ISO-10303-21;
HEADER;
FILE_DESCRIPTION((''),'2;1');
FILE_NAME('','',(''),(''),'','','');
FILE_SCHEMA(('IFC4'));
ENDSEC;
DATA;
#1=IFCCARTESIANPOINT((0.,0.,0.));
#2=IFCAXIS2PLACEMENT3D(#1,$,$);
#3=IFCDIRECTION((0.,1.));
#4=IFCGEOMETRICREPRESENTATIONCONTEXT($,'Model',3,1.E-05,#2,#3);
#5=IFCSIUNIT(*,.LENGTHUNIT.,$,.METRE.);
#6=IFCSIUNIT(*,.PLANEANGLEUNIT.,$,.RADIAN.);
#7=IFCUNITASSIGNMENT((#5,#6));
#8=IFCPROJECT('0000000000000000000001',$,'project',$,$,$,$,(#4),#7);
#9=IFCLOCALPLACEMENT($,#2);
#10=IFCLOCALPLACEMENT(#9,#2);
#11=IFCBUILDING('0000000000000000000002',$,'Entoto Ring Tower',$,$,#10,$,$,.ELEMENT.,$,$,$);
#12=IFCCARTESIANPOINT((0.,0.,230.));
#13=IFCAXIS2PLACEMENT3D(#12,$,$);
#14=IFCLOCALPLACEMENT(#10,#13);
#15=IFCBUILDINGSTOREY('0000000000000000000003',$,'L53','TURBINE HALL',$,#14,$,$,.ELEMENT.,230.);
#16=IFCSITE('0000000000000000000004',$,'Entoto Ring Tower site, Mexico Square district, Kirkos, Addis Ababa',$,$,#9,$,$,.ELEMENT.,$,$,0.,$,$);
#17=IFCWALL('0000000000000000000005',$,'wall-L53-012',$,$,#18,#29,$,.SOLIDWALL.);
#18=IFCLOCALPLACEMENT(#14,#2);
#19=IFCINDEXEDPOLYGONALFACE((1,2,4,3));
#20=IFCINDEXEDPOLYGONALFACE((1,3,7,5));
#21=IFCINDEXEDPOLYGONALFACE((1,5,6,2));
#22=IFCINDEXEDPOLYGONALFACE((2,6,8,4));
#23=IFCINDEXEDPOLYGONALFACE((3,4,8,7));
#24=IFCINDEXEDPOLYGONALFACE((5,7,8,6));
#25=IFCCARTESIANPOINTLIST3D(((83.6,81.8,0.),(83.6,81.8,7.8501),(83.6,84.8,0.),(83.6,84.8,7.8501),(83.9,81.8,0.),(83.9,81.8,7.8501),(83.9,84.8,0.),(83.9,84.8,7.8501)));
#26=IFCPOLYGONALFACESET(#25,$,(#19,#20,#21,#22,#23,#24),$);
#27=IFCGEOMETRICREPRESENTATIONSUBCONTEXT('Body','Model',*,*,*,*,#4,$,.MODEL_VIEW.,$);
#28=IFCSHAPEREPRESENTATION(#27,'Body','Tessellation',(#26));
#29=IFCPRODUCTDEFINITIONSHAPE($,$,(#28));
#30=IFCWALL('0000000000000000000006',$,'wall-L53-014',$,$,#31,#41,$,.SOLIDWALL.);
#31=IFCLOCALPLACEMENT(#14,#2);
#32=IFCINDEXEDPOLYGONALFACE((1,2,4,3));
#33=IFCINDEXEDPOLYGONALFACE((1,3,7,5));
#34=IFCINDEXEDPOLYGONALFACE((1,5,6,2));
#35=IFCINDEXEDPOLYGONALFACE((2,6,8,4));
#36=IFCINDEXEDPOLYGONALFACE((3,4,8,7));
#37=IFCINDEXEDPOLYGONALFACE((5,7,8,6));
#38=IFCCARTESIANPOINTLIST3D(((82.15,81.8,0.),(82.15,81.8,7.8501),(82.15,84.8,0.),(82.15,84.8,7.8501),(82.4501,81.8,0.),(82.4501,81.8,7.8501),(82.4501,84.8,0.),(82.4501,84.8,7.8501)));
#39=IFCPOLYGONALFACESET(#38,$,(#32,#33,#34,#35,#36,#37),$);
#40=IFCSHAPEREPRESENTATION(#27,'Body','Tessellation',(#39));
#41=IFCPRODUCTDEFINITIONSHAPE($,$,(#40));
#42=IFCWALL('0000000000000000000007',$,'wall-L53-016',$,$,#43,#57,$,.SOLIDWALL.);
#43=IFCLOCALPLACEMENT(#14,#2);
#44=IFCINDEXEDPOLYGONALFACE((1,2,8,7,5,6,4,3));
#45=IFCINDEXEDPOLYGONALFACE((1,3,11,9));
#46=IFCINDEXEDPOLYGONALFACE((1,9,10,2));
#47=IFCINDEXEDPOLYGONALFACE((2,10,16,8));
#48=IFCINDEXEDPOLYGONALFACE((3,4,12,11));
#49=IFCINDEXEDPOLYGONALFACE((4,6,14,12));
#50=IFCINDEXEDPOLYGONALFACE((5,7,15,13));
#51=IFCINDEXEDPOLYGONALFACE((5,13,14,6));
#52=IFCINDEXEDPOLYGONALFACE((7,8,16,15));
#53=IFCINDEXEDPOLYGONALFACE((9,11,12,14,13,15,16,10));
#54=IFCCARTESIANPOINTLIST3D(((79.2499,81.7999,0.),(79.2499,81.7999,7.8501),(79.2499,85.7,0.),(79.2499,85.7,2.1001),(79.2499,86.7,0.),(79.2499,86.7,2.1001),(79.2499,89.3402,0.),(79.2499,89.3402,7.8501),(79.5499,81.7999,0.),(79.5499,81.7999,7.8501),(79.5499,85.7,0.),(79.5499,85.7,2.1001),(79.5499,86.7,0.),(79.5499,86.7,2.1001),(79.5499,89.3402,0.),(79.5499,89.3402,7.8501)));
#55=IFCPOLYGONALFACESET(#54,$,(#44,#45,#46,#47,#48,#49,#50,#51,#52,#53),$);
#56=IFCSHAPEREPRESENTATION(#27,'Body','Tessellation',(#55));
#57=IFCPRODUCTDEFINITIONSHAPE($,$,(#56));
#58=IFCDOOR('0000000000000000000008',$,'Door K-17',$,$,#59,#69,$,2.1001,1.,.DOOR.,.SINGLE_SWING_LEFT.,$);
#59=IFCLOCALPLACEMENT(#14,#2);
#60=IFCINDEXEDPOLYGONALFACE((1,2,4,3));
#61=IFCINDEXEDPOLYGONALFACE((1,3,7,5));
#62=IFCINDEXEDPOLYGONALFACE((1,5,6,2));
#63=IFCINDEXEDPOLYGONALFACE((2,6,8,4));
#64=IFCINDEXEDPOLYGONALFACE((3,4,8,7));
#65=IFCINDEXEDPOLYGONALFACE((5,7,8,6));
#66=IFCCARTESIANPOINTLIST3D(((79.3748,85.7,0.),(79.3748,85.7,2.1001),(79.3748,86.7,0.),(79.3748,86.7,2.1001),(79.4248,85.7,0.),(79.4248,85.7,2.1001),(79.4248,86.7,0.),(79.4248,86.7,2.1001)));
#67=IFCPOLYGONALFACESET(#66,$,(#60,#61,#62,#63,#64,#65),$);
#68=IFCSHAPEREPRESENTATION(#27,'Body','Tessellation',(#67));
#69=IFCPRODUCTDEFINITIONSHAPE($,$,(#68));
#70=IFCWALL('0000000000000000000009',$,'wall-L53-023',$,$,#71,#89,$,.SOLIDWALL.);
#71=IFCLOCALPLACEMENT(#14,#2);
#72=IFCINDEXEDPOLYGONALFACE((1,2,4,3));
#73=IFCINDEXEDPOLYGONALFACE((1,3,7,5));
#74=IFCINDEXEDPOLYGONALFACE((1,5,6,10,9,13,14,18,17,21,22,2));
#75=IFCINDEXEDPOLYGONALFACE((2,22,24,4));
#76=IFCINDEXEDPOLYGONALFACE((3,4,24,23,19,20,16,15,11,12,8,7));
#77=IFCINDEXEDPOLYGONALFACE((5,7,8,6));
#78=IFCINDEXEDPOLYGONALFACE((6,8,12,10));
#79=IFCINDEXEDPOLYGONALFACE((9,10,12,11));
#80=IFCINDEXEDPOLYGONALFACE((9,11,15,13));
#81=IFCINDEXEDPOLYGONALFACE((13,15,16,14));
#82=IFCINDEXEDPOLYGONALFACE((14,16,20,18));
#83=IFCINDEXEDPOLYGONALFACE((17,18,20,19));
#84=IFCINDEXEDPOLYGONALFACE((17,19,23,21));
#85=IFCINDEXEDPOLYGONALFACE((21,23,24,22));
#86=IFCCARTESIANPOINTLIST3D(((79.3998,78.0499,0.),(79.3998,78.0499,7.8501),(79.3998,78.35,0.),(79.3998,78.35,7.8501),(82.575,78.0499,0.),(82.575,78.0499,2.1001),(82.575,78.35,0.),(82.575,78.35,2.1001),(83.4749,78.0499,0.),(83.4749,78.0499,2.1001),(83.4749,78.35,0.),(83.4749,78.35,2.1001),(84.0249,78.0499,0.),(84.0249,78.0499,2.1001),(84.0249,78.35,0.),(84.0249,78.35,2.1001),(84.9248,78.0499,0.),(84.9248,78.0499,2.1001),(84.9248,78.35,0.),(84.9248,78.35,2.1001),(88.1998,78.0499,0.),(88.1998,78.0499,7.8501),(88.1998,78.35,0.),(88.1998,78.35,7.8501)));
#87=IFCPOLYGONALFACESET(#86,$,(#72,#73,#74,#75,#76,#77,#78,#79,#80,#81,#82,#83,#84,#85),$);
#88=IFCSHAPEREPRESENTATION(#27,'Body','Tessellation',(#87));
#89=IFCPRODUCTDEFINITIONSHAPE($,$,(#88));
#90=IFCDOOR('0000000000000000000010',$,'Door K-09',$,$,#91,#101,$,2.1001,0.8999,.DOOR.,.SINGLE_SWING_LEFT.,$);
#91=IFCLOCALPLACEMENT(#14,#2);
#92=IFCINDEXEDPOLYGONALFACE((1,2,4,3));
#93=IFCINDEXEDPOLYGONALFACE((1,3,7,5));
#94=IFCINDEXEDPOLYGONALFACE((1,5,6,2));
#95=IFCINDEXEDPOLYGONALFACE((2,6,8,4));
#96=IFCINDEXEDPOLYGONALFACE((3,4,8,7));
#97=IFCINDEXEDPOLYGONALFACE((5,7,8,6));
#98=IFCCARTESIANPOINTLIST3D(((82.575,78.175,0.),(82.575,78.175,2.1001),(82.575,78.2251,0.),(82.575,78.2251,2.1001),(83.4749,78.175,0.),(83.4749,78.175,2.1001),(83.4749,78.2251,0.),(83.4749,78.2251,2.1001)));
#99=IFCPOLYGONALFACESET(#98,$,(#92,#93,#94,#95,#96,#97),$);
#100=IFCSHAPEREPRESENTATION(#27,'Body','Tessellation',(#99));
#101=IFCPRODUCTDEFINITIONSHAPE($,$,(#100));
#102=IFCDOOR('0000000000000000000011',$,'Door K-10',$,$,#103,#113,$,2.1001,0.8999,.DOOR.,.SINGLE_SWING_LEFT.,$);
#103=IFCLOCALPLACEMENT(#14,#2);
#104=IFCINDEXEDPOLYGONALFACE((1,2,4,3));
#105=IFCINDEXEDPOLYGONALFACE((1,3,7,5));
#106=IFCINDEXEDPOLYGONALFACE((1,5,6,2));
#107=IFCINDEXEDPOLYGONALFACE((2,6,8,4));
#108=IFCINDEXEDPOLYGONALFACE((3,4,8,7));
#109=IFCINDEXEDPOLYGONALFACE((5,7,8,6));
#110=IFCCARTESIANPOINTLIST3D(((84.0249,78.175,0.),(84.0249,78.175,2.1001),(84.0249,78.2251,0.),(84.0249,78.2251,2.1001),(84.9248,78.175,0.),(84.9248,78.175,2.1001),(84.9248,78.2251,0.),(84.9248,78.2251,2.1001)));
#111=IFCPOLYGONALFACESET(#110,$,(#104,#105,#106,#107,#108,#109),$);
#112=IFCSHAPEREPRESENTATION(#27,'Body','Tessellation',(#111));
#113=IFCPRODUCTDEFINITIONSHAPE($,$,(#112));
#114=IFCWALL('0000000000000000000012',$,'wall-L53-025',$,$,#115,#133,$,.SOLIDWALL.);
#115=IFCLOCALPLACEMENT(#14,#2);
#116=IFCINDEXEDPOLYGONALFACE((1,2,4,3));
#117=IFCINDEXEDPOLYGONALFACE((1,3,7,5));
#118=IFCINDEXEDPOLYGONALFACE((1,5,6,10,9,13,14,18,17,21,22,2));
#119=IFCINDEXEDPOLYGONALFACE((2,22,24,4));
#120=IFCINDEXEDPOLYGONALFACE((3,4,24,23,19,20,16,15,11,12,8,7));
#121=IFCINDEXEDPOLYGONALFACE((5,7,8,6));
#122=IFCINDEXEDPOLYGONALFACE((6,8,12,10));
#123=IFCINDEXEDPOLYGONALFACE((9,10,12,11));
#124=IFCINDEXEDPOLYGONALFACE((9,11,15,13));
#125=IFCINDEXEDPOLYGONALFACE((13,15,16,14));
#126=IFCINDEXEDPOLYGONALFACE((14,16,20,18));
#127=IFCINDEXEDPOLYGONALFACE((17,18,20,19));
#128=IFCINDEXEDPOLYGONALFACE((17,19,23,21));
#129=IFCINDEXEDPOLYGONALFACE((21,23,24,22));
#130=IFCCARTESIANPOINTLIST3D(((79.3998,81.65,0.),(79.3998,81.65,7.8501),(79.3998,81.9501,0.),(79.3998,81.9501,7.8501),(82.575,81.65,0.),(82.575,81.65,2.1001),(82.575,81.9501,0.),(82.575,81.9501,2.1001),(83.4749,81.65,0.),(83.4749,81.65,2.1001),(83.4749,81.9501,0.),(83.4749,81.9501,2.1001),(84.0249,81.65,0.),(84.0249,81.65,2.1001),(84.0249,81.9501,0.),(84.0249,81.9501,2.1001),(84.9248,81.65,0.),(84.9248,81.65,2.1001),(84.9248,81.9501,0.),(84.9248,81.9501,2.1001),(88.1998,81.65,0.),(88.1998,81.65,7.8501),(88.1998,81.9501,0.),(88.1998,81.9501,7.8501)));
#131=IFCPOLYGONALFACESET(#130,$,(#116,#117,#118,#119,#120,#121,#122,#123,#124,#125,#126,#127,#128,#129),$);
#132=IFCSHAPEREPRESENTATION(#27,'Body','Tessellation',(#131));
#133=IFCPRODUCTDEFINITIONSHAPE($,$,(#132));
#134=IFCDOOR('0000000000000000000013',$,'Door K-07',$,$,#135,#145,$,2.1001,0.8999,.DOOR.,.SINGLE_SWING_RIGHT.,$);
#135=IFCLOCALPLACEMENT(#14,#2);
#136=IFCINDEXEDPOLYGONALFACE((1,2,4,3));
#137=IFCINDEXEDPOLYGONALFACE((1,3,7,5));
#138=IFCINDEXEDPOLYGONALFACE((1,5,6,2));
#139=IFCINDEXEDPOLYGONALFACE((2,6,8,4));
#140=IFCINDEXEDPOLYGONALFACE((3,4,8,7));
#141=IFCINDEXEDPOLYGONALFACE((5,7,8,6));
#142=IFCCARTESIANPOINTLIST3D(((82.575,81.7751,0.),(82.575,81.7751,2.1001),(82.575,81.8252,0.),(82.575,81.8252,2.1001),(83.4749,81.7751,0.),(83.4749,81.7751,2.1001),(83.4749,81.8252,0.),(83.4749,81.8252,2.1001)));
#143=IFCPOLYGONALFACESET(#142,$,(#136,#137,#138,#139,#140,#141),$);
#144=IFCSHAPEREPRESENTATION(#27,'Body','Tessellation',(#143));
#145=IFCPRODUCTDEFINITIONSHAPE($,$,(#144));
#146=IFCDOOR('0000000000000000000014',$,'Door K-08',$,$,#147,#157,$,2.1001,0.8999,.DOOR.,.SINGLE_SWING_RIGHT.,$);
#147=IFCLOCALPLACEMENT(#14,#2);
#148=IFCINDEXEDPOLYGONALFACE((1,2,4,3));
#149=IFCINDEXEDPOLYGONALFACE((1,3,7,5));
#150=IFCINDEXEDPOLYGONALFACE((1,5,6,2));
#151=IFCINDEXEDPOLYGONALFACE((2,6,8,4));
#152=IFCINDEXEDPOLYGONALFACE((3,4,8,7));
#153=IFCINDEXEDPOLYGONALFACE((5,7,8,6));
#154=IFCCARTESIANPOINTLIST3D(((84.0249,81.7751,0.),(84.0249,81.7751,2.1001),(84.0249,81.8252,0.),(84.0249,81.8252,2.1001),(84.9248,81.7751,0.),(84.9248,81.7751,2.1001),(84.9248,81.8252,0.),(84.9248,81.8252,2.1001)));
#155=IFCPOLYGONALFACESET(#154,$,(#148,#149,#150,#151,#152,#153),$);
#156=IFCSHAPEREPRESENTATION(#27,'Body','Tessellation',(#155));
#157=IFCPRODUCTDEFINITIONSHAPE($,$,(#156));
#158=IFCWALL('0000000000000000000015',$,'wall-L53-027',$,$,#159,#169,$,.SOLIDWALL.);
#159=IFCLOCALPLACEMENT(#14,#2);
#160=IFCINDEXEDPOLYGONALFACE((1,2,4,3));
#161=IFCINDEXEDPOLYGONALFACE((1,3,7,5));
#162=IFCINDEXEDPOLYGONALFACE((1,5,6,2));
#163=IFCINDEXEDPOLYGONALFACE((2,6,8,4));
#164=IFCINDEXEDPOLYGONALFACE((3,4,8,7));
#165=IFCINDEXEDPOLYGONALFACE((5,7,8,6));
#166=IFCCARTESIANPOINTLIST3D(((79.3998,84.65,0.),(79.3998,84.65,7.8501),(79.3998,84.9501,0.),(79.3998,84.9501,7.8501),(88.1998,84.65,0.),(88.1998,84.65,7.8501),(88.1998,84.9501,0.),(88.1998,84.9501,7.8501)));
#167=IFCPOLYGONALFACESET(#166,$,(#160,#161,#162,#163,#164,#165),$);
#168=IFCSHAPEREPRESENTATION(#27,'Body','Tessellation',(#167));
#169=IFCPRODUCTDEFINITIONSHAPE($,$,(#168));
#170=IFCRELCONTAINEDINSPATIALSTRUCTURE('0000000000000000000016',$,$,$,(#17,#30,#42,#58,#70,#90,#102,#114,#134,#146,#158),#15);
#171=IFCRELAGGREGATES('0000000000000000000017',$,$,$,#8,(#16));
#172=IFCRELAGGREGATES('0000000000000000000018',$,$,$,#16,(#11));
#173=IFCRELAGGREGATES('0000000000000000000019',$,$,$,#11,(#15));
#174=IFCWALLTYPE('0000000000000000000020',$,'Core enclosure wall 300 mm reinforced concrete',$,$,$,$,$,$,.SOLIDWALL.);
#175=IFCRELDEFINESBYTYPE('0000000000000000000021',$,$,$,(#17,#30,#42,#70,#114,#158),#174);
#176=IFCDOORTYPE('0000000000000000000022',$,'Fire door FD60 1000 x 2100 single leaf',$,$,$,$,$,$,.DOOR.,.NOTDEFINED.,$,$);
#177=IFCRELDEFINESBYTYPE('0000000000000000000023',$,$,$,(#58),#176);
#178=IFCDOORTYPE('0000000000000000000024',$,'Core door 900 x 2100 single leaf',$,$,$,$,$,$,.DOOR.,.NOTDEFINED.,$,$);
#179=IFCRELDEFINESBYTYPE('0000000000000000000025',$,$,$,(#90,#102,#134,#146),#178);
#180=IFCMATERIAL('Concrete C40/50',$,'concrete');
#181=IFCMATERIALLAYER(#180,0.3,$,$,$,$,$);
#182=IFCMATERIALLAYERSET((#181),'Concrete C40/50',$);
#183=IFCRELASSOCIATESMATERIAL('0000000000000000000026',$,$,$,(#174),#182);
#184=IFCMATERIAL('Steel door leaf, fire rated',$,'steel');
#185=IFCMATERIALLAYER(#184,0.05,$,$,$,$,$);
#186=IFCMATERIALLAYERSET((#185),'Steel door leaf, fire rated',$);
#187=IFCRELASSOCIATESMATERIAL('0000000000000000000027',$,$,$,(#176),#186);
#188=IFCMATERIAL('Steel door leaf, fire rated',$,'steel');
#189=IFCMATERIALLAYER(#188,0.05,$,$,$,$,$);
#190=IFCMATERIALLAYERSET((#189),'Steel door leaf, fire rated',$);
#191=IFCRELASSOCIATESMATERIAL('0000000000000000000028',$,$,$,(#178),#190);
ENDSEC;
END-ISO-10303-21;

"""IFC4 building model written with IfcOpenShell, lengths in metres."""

from ifc_helpers import new_model, si_unit, direction, frame, frame_2d, origin, place, context, subcontext, project, spatial, rectangle, extrude, material, layer, layer_set, type_object, element, fill, save


model = new_model("IFC4")

# Units and contexts
model_context = context("Model", 3, precision=1e-05, world=origin(), true_north=direction((0.0, 1.0)))
body_context = subcontext(model_context, "Body", "Model", "MODEL_VIEW")
ifc_project = project(units=[si_unit("LENGTHUNIT", "METRE"), si_unit("PLANEANGLEUNIT", "RADIAN")], contexts=[model_context])

# Site, building, storey
site_placement = place(None, origin())
site = spatial("IfcSite", under=ifc_project, at=site_placement, Name="Entoto Ring Tower site, Mexico Square district, Kirkos, Addis Ababa", CompositionType="ELEMENT", RefElevation=0.0)
building_placement = place(site_placement, origin())
building = spatial("IfcBuilding", under=site, at=building_placement, Name="Entoto Ring Tower", CompositionType="ELEMENT")
storey_placement = place(building_placement, frame((0.0, 0.0, 230.0)))
storey = spatial("IfcBuildingStorey", under=building, at=storey_placement, Name="L53", Description="TURBINE HALL", CompositionType="ELEMENT", Elevation=230.0)

# Shared definitions
ifc_material_1 = material(Name="Concrete C40/50", Category="concrete")
ifc_layer_1 = layer(ifc_material_1, 0.3)
ifc_layer_set_1 = layer_set([ifc_layer_1], Name="Concrete C40/50")
wall_type_1 = type_object("IfcWallType", Name="Core enclosure wall 300 mm reinforced concrete", PredefinedType="SOLIDWALL", material=ifc_layer_set_1)

# Walls
for number, where, z_axis, x_axis, name in (
    (1, (83.75, 81.8, 0.0), (0.0, 0.0, 1.0), (0.0, 1.0, 0.0), "wall-L53-012"),
    (2, (82.3, 81.8, 0.0), (0.0, 0.0, 1.0), (0.0, 1.0, 0.0), "wall-L53-014"),
):
    element("IfcWall", number, at=place(storey_placement, frame(where, z_axis=z_axis, x_axis=x_axis)), inside=storey, type_object=wall_type_1, Name=name, PredefinedType="SOLIDWALL", context=body_context, shape_type="SweptSolid", body=[
        extrude(rectangle(XDim=3.0, YDim=0.3, at=frame_2d((1.5, 0.0))), origin(), (0.0, 0.0, 1.0), 7.8501),
    ])

# Wall, opening, door
wall_1_placement = place(storey_placement, frame((79.3999, 81.8, 0.0), z_axis=(0.0, 0.0, 1.0), x_axis=(0.0, 1.0, 0.0)))
wall_1 = element("IfcWall", 3, at=wall_1_placement, inside=storey, type_object=wall_type_1, Name="wall-L53-016", PredefinedType="SOLIDWALL", context=body_context, shape_type="SweptSolid", body=[
    extrude(rectangle(XDim=7.5403, YDim=0.3, at=frame_2d((3.77, 0.0))), origin(), (0.0, 0.0, 1.0), 7.8501),
])
opening_1_placement = place(wall_1_placement, frame((3.8999, 0.0, 0.0)))
opening_1 = element("IfcOpeningElement", 4, at=opening_1_placement, cuts=wall_1, PredefinedType="OPENING", context=body_context, shape_type="SweptSolid", body=[
    extrude(rectangle(XDim=1.0, YDim=2.1001, at=frame_2d((0.5, 1.05))), frame((0.0, 0.1602, 0.0), z_axis=(0.0, -1.0, 0.0), x_axis=(1.0, 0.0, 0.0)), (0.0, 0.0, 1.0), 0.3201),
])
ifc_material_2 = material(Name="Steel door leaf, fire rated", Category="steel")
ifc_layer_2 = layer(ifc_material_2, 0.05)
ifc_layer_set_2 = layer_set([ifc_layer_2], Name="Steel door leaf, fire rated")
door_type_1 = type_object("IfcDoorType", Name="Fire door FD60 1000 x 2100 single leaf", OperationType="NOTDEFINED", PredefinedType="DOOR", material=ifc_layer_set_2)
door_1_placement = place(opening_1_placement, frame((1.0, 0.0, 0.0), z_axis=(0.0, 0.0, 1.0), x_axis=(-1.0, 0.0, 0.0)))
door_1 = element("IfcDoor", 5, at=door_1_placement, inside=storey, type_object=door_type_1, Name="Door K-17", OperationType="SINGLE_SWING_LEFT", OverallHeight=2.1001, OverallWidth=1.0, PredefinedType="DOOR", context=body_context, shape_type="SweptSolid", body=[
    extrude(rectangle(XDim=1.0, YDim=2.1001, at=frame_2d((0.5, 1.05))), frame((0.0, 0.0249, 0.0), z_axis=(0.0, -1.0, 0.0), x_axis=(1.0, 0.0, 0.0)), (0.0, 0.0, 1.0), 0.05),
])
fill(opening_1, door_1)

# Walls, openings, doors
wall_2_placement = place(storey_placement, frame((79.3999, 78.2, 0.0), z_axis=(0.0, 0.0, 1.0), x_axis=(1.0, 0.0, 0.0)))
wall_2 = element("IfcWall", 6, at=wall_2_placement, inside=storey, type_object=wall_type_1, Name="wall-L53-023", PredefinedType="SOLIDWALL", context=body_context, shape_type="SweptSolid", body=[
    extrude(rectangle(XDim=8.8, YDim=0.3, at=frame_2d((4.3999, 0.0))), origin(), (0.0, 0.0, 1.0), 7.8501),
])
opening_2_placement = place(wall_2_placement, frame((3.175, 0.0, 0.0)))
opening_2 = element("IfcOpeningElement", 7, at=opening_2_placement, cuts=wall_2, PredefinedType="OPENING", context=body_context, shape_type="SweptSolid", body=[
    extrude(rectangle(XDim=0.8999, YDim=2.1001, at=frame_2d((0.45, 1.05))), frame((0.0, 0.1602, 0.0), z_axis=(0.0, -1.0, 0.0), x_axis=(1.0, 0.0, 0.0)), (0.0, 0.0, 1.0), 0.3201),
])
opening_3_placement = place(wall_2_placement, frame((4.625, 0.0, 0.0)))
opening_3 = element("IfcOpeningElement", 8, at=opening_3_placement, cuts=wall_2, PredefinedType="OPENING", context=body_context, shape_type="SweptSolid", body=[
    extrude(rectangle(XDim=0.8999, YDim=2.1001, at=frame_2d((0.45, 1.05))), frame((0.0, 0.1602, 0.0), z_axis=(0.0, -1.0, 0.0), x_axis=(1.0, 0.0, 0.0)), (0.0, 0.0, 1.0), 0.3201),
])
ifc_material_3 = material(Name="Steel door leaf, fire rated", Category="steel")
ifc_layer_3 = layer(ifc_material_3, 0.05)
ifc_layer_set_3 = layer_set([ifc_layer_3], Name="Steel door leaf, fire rated")
door_type_2 = type_object("IfcDoorType", Name="Core door 900 x 2100 single leaf", OperationType="NOTDEFINED", PredefinedType="DOOR", material=ifc_layer_set_3)
door_2_placement = place(opening_2_placement, frame((0.8999, 0.0, 0.0), z_axis=(0.0, 0.0, 1.0), x_axis=(-1.0, 0.0, 0.0)))
door_2 = element("IfcDoor", 9, at=door_2_placement, inside=storey, type_object=door_type_2, Name="Door K-09", OperationType="SINGLE_SWING_LEFT", OverallHeight=2.1001, OverallWidth=0.8999, PredefinedType="DOOR", context=body_context, shape_type="SweptSolid", body=[
    extrude(rectangle(XDim=0.8999, YDim=2.1001, at=frame_2d((0.45, 1.05))), frame((0.0, 0.0249, 0.0), z_axis=(0.0, -1.0, 0.0), x_axis=(1.0, 0.0, 0.0)), (0.0, 0.0, 1.0), 0.05),
])
fill(opening_2, door_2)
door_3_placement = place(opening_3_placement, frame((0.8999, 0.0, 0.0), z_axis=(0.0, 0.0, 1.0), x_axis=(-1.0, 0.0, 0.0)))
door_3 = element("IfcDoor", 10, at=door_3_placement, inside=storey, type_object=door_type_2, Name="Door K-10", OperationType="SINGLE_SWING_LEFT", OverallHeight=2.1001, OverallWidth=0.8999, PredefinedType="DOOR", context=body_context, shape_type="SweptSolid", body=[
    extrude(rectangle(XDim=0.8999, YDim=2.1001, at=frame_2d((0.45, 1.05))), frame((0.0, 0.0249, 0.0), z_axis=(0.0, -1.0, 0.0), x_axis=(1.0, 0.0, 0.0)), (0.0, 0.0, 1.0), 0.05),
])
fill(opening_3, door_3)
wall_3_placement = place(storey_placement, frame((79.3999, 81.8, 0.0), z_axis=(0.0, 0.0, 1.0), x_axis=(1.0, 0.0, 0.0)))
wall_3 = element("IfcWall", 11, at=wall_3_placement, inside=storey, type_object=wall_type_1, Name="wall-L53-025", PredefinedType="SOLIDWALL", context=body_context, shape_type="SweptSolid", body=[
    extrude(rectangle(XDim=8.8, YDim=0.3, at=frame_2d((4.3999, 0.0))), origin(), (0.0, 0.0, 1.0), 7.8501),
])
opening_4_placement = place(wall_3_placement, frame((3.175, 0.0, 0.0)))
opening_4 = element("IfcOpeningElement", 12, at=opening_4_placement, cuts=wall_3, PredefinedType="OPENING", context=body_context, shape_type="SweptSolid", body=[
    extrude(rectangle(XDim=0.8999, YDim=2.1001, at=frame_2d((0.45, 1.05))), frame((0.0, 0.1602, 0.0), z_axis=(0.0, -1.0, 0.0), x_axis=(1.0, 0.0, 0.0)), (0.0, 0.0, 1.0), 0.3201),
])
opening_5_placement = place(wall_3_placement, frame((4.625, 0.0, 0.0)))
opening_5 = element("IfcOpeningElement", 13, at=opening_5_placement, cuts=wall_3, PredefinedType="OPENING", context=body_context, shape_type="SweptSolid", body=[
    extrude(rectangle(XDim=0.8999, YDim=2.1001, at=frame_2d((0.45, 1.05))), frame((0.0, 0.1602, 0.0), z_axis=(0.0, -1.0, 0.0), x_axis=(1.0, 0.0, 0.0)), (0.0, 0.0, 1.0), 0.3201),
])
door_4_placement = place(opening_4_placement, frame((0.8999, 0.0, 0.0), z_axis=(0.0, 0.0, 1.0), x_axis=(-1.0, 0.0, 0.0)))
door_4 = element("IfcDoor", 14, at=door_4_placement, inside=storey, type_object=door_type_2, Name="Door K-07", OperationType="SINGLE_SWING_RIGHT", OverallHeight=2.1001, OverallWidth=0.8999, PredefinedType="DOOR", context=body_context, shape_type="SweptSolid", body=[
    extrude(rectangle(XDim=0.8999, YDim=2.1001, at=frame_2d((0.45, 1.05))), frame((0.0, 0.0249, 0.0), z_axis=(0.0, -1.0, 0.0), x_axis=(1.0, 0.0, 0.0)), (0.0, 0.0, 1.0), 0.05),
])
fill(opening_4, door_4)
door_5_placement = place(opening_5_placement, frame((0.8999, 0.0, 0.0), z_axis=(0.0, 0.0, 1.0), x_axis=(-1.0, 0.0, 0.0)))
door_5 = element("IfcDoor", 15, at=door_5_placement, inside=storey, type_object=door_type_2, Name="Door K-08", OperationType="SINGLE_SWING_RIGHT", OverallHeight=2.1001, OverallWidth=0.8999, PredefinedType="DOOR", context=body_context, shape_type="SweptSolid", body=[
    extrude(rectangle(XDim=0.8999, YDim=2.1001, at=frame_2d((0.45, 1.05))), frame((0.0, 0.0249, 0.0), z_axis=(0.0, -1.0, 0.0), x_axis=(1.0, 0.0, 0.0)), (0.0, 0.0, 1.0), 0.05),
])
fill(opening_5, door_5)

# Wall
wall_4_placement = place(storey_placement, frame((79.3999, 84.8, 0.0), z_axis=(0.0, 0.0, 1.0), x_axis=(1.0, 0.0, 0.0)))
element("IfcWall", 16, at=wall_4_placement, inside=storey, type_object=wall_type_1, Name="wall-L53-027", PredefinedType="SOLIDWALL", context=body_context, shape_type="SweptSolid", body=[
    extrude(rectangle(XDim=8.8, YDim=0.3, at=frame_2d((4.3999, 0.0))), origin(), (0.0, 0.0, 1.0), 7.8501),
])

save(model, "model.ifc")
